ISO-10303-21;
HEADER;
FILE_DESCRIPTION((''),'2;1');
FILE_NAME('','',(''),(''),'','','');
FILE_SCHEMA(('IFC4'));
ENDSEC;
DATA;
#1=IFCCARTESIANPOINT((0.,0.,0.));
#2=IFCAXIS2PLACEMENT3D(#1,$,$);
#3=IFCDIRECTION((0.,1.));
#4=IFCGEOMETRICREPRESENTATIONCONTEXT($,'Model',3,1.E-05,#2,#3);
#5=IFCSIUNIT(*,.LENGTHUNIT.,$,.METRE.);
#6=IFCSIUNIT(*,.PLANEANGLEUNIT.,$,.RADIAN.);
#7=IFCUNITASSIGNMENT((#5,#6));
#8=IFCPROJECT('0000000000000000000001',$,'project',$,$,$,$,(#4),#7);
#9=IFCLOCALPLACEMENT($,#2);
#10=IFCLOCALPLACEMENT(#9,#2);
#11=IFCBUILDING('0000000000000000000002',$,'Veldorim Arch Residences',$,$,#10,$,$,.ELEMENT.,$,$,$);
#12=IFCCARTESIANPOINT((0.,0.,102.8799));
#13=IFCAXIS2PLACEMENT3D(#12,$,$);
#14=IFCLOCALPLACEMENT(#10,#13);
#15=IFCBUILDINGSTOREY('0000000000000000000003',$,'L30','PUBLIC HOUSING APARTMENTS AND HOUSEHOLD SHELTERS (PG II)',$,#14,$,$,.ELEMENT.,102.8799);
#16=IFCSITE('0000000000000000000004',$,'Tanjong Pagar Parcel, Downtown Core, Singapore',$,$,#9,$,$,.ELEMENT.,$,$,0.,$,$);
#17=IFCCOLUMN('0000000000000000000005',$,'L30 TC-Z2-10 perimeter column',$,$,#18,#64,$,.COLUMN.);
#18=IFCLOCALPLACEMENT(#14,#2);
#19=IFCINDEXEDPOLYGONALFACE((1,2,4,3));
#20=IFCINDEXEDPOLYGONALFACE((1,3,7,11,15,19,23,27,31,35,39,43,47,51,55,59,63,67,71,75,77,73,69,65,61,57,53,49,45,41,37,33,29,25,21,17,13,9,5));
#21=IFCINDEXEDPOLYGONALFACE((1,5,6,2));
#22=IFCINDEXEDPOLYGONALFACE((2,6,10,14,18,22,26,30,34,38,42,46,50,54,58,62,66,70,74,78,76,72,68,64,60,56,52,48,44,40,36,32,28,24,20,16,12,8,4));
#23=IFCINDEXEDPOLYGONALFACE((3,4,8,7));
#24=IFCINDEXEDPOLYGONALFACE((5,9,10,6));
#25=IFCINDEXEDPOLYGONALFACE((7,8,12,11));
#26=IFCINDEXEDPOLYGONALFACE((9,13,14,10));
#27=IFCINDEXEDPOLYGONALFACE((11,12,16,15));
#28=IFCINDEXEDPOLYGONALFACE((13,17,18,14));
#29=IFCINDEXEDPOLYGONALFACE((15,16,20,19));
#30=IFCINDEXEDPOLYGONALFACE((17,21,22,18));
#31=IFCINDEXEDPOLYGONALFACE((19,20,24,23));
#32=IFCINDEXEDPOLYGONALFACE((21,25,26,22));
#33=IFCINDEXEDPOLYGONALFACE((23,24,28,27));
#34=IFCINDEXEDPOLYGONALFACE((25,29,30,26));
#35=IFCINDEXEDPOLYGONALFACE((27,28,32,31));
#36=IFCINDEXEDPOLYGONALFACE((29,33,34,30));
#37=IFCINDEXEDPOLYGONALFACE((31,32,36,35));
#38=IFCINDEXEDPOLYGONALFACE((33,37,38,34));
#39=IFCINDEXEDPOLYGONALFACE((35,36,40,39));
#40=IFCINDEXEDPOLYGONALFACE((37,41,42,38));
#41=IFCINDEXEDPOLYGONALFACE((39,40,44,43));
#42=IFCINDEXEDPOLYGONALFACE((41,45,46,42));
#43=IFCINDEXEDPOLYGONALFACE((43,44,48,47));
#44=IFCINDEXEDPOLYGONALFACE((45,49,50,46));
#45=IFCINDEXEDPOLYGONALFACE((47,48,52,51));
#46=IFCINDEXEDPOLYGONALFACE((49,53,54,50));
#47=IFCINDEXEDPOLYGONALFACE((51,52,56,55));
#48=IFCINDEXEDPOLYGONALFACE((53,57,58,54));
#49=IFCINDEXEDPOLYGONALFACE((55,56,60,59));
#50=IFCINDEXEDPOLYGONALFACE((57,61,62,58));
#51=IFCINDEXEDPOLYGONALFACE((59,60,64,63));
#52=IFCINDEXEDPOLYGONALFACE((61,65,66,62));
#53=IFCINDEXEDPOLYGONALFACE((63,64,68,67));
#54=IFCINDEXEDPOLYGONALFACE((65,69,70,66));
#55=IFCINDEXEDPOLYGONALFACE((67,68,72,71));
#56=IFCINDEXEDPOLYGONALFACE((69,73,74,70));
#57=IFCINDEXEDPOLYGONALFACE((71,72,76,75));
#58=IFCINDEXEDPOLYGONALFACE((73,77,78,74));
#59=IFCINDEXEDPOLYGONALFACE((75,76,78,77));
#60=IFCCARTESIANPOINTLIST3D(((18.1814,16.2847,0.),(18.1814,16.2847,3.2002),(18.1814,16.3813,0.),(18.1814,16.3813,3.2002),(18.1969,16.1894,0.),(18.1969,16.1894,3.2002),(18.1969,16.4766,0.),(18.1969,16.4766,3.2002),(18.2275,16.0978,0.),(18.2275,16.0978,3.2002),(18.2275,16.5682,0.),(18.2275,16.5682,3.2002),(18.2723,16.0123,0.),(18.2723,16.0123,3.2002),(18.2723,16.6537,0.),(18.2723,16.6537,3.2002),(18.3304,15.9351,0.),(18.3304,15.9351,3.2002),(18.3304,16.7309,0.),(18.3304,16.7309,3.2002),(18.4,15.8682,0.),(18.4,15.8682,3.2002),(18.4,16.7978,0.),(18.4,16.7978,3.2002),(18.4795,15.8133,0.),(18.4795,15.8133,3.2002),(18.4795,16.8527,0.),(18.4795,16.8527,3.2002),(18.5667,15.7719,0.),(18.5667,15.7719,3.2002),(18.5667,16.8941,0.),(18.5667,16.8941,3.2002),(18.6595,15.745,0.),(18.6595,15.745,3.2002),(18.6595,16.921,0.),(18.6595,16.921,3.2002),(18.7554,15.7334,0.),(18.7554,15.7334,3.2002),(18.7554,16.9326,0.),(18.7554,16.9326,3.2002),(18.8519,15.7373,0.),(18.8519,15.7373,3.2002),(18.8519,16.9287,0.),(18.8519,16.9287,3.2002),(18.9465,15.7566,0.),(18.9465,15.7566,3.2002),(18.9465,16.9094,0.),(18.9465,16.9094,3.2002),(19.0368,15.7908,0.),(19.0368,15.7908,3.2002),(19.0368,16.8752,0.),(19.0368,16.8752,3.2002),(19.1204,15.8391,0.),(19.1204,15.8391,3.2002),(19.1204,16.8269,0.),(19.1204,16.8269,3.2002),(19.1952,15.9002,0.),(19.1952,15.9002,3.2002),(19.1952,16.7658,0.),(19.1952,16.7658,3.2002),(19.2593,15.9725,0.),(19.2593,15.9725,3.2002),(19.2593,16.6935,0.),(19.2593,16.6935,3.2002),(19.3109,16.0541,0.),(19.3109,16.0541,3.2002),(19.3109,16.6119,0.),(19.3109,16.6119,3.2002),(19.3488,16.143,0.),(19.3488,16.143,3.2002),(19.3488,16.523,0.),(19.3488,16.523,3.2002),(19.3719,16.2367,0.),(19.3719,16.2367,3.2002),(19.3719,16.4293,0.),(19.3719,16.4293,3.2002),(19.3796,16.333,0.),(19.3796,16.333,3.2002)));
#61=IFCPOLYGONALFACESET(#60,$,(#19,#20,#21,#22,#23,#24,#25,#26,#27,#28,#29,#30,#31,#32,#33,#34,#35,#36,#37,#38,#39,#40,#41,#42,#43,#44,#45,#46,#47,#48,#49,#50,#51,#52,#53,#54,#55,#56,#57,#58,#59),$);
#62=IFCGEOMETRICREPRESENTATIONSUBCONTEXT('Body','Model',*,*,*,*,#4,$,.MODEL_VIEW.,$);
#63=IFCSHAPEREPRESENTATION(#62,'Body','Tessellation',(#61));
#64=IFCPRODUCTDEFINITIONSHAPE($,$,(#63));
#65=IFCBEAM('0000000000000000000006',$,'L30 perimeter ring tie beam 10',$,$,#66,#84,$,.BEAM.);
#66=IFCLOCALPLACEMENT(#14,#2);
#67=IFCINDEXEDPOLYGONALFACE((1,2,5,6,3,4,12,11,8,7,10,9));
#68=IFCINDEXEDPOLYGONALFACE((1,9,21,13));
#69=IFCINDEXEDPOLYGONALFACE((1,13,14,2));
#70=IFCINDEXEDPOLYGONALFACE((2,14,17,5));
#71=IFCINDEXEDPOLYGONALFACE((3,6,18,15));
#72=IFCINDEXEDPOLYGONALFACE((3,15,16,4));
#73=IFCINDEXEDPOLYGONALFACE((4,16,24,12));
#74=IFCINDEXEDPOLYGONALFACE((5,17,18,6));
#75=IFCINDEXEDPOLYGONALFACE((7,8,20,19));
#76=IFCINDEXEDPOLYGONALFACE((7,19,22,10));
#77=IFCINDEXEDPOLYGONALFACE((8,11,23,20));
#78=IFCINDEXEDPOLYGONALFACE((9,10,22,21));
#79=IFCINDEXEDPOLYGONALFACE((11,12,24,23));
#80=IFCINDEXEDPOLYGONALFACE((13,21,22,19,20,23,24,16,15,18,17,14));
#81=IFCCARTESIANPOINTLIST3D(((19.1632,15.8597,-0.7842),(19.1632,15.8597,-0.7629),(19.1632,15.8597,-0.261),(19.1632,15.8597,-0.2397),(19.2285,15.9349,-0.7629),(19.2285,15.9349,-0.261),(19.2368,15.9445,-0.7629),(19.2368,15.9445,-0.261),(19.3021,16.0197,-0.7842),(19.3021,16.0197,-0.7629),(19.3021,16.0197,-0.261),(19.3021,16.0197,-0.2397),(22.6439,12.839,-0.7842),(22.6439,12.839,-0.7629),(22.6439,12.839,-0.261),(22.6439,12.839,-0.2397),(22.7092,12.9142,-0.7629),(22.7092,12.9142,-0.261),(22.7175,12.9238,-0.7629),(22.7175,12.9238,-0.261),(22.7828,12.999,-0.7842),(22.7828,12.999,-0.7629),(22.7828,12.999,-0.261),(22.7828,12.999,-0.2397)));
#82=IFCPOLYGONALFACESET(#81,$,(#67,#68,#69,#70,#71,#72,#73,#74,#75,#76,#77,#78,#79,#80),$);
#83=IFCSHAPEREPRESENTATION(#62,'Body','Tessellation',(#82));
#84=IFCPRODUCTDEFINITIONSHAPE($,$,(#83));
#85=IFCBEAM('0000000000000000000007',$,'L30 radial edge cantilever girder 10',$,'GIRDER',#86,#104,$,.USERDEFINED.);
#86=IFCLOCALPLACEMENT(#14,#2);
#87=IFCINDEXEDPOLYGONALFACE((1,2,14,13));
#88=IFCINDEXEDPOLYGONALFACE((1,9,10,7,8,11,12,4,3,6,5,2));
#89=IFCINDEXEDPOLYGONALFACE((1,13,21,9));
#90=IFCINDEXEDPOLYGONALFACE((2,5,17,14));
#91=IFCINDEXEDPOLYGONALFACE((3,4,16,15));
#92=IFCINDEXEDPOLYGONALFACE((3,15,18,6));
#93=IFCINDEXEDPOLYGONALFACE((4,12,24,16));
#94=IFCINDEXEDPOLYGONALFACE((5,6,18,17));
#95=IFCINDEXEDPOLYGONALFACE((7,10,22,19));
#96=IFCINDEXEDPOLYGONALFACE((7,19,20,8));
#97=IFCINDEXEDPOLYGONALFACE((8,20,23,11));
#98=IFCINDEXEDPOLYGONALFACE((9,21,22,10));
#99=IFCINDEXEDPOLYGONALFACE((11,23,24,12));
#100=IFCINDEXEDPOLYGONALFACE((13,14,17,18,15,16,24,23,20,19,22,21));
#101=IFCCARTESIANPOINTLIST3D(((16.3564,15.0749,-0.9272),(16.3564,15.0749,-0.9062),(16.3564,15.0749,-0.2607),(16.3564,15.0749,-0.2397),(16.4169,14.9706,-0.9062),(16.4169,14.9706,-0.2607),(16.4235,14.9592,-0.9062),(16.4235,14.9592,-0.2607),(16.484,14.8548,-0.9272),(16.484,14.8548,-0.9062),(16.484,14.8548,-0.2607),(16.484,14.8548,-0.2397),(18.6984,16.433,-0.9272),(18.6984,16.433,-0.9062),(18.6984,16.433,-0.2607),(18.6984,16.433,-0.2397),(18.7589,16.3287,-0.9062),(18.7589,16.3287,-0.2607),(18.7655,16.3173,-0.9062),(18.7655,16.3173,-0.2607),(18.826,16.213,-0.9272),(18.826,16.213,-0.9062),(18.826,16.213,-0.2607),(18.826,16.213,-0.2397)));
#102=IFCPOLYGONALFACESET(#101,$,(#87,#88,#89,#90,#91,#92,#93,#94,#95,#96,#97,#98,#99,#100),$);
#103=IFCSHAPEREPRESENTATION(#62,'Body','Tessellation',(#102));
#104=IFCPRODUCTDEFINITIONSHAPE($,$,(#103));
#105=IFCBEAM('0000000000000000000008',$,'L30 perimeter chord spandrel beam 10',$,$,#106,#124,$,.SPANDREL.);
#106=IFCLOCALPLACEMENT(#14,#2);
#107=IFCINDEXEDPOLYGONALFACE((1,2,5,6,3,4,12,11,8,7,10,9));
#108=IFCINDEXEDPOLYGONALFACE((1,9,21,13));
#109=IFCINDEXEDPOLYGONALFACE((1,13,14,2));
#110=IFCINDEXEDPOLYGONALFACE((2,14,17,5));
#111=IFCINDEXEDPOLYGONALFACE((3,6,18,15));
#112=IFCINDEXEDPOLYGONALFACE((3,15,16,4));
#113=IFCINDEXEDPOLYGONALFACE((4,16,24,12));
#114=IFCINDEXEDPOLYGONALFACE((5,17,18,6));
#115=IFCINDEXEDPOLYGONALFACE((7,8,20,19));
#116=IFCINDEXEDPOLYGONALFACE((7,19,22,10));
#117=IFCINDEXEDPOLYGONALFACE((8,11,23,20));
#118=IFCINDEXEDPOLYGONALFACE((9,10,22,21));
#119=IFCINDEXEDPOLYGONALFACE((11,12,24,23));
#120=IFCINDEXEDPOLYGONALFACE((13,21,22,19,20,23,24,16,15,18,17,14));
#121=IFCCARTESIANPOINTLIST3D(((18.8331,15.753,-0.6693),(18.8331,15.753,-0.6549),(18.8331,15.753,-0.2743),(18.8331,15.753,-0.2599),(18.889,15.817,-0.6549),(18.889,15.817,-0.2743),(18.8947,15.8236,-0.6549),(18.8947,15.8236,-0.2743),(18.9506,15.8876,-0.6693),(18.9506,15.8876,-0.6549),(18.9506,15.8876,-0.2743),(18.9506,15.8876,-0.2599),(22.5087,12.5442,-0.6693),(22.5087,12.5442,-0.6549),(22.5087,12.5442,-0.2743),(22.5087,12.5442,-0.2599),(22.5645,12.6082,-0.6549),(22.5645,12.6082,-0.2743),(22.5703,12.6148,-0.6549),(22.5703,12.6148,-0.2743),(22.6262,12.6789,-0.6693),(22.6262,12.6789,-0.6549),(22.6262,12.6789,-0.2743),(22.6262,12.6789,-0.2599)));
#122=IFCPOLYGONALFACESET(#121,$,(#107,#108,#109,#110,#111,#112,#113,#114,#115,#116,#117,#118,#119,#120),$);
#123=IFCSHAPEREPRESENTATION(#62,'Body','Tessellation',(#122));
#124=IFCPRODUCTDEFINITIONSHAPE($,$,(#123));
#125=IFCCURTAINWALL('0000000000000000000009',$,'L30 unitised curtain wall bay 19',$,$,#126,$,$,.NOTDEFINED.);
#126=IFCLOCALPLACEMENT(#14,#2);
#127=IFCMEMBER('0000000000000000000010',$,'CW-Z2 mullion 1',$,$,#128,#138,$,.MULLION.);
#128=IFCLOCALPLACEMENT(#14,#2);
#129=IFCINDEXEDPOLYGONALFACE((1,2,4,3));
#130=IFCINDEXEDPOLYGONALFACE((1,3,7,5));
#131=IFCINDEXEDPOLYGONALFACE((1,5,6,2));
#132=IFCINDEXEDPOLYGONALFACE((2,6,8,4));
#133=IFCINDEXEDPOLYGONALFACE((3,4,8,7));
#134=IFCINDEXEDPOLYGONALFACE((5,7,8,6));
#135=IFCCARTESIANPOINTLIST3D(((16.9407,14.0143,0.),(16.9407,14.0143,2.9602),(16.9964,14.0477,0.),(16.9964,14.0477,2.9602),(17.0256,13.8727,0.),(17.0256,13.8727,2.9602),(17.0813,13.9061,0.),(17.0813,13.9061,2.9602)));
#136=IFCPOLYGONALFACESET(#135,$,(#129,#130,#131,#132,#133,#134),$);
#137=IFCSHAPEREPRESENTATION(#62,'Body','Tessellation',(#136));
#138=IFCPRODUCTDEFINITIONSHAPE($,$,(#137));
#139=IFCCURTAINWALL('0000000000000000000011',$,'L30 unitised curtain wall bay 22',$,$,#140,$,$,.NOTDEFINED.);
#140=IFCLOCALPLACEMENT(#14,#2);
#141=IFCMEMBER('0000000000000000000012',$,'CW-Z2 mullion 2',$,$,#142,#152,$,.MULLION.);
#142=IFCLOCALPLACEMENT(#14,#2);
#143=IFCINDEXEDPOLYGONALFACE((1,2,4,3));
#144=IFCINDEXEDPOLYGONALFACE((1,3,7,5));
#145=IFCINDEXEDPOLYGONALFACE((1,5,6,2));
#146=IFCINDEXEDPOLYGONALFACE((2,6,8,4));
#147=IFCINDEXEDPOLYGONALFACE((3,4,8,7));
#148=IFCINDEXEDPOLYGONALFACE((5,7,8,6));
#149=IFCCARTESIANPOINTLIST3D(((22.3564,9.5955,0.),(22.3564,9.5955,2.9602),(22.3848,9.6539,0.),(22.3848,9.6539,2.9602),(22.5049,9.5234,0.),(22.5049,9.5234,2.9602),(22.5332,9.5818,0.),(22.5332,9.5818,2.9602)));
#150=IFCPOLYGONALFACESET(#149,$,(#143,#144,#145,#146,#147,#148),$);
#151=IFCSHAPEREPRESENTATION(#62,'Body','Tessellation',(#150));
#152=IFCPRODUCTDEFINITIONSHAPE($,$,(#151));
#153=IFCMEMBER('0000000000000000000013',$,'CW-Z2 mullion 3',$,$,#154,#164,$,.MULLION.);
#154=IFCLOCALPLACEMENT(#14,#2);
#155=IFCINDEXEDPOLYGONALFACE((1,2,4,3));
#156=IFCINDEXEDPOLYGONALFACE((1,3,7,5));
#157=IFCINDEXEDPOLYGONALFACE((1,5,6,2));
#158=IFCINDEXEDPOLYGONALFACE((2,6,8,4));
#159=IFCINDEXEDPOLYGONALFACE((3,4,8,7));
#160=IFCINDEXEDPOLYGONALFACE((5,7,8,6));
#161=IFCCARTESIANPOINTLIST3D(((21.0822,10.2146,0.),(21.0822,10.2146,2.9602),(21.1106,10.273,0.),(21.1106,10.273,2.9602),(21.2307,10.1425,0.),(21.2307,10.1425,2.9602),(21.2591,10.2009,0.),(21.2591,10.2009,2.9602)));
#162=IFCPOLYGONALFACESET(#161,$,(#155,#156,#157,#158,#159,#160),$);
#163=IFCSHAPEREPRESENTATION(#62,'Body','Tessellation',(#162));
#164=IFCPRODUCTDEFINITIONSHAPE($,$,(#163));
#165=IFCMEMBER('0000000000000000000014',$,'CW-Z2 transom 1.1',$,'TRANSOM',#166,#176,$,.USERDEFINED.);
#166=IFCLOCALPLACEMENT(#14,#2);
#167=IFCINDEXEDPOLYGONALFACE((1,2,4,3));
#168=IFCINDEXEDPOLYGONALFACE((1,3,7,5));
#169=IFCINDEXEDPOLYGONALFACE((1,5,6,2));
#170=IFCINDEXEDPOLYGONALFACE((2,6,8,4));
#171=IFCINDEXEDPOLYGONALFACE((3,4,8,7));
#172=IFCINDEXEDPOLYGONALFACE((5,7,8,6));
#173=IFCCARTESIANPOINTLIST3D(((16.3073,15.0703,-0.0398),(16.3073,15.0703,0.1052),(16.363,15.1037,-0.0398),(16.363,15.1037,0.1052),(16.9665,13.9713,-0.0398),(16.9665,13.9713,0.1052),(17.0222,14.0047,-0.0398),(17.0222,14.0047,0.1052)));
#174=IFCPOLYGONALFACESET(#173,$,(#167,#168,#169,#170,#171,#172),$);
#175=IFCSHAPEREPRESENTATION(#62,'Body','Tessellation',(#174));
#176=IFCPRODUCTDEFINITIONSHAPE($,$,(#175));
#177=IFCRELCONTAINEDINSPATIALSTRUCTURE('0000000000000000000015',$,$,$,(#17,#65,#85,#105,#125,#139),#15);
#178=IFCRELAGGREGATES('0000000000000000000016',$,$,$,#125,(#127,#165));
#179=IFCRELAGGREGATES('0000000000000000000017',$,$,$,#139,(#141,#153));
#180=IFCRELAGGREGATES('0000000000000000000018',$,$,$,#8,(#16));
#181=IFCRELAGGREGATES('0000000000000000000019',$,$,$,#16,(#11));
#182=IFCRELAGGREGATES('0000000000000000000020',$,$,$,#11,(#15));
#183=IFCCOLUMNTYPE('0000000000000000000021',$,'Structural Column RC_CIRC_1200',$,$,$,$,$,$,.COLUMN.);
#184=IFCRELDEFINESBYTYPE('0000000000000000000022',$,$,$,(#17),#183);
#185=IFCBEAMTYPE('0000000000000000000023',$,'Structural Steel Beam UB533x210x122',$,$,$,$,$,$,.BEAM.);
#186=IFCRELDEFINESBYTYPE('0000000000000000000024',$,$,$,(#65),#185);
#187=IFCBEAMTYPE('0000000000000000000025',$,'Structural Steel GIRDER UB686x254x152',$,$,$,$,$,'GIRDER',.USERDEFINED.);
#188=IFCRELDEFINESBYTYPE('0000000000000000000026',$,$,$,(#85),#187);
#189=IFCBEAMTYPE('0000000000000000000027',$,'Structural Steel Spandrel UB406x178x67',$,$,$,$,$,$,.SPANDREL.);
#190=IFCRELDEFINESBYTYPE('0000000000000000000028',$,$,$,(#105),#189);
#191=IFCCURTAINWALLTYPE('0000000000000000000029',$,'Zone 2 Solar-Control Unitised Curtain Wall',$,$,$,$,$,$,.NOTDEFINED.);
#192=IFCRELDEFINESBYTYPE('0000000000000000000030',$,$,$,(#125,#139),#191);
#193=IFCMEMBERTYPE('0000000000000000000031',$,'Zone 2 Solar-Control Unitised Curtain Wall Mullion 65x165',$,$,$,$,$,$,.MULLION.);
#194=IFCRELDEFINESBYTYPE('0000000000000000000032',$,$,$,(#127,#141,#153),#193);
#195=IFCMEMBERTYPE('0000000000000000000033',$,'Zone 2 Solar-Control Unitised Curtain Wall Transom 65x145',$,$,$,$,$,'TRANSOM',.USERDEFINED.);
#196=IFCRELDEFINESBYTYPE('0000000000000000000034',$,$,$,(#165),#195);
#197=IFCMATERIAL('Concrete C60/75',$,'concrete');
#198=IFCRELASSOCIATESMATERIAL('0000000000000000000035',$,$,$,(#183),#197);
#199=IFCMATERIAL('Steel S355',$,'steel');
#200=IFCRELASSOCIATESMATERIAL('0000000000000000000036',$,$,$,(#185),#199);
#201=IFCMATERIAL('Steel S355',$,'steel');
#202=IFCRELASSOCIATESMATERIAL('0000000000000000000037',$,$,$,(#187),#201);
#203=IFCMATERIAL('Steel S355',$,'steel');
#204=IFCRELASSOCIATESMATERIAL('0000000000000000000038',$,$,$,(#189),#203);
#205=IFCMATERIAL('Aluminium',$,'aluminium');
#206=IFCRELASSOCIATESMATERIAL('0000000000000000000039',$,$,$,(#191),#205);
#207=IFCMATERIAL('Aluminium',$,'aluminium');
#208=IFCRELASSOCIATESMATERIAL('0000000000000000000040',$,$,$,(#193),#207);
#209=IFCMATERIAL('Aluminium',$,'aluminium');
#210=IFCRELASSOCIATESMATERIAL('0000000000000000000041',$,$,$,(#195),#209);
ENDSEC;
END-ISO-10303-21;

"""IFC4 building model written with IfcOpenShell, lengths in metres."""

from ifc_helpers import new_model, si_unit, direction, frame, origin, origin_2d, place, context, subcontext, project, spatial, rectangle, circle, i_section, extrude, material, material_profile, profile_set, type_object, element, aggregate, save


model = new_model("IFC4")

# Units and contexts
model_context = context("Model", 3, precision=1e-05, world=origin(), true_north=direction((0.0, 1.0)))
body_context = subcontext(model_context, "Body", "Model", "MODEL_VIEW")
ifc_project = project(units=[si_unit("LENGTHUNIT", "METRE"), si_unit("PLANEANGLEUNIT", "RADIAN")], contexts=[model_context])

# Site, building, storey
site_placement = place(None, origin())
site = spatial("IfcSite", under=ifc_project, at=site_placement, Name="Tanjong Pagar Parcel, Downtown Core, Singapore", CompositionType="ELEMENT", RefElevation=0.0)
building_placement = place(site_placement, origin())
building = spatial("IfcBuilding", under=site, at=building_placement, Name="Veldorim Arch Residences", CompositionType="ELEMENT")
storey_placement = place(building_placement, frame((0.0, 0.0, 102.8799)))
storey = spatial("IfcBuildingStorey", under=building, at=storey_placement, Name="L30", Description="PUBLIC HOUSING APARTMENTS AND HOUSEHOLD SHELTERS (PG II)", CompositionType="ELEMENT", Elevation=102.8799)

# Column
ifc_material_1 = material(Name="Concrete C60/75", Category="concrete")
ifc_material_profile_1 = material_profile(ifc_material_1, circle(Radius=0.6001, at=origin_2d()), Name="RC_CIRC_1200")
ifc_profile_set_1 = profile_set([ifc_material_profile_1], Name="Concrete C60/75")
column_type = type_object("IfcColumnType", Name="Structural Column RC_CIRC_1200", PredefinedType="COLUMN", material=ifc_profile_set_1)
column_placement = place(storey_placement, frame((18.7795, 16.333, 0.0), z_axis=(0.0, 0.0, 1.0), x_axis=(1.0, 0.0, 0.0)))
element("IfcColumn", 1, at=column_placement, inside=storey, type_object=column_type, Name="L30 TC-Z2-10 perimeter column", PredefinedType="COLUMN", context=body_context, shape_type="SweptSolid", body=[
    extrude(circle(Radius=0.6001, at=origin_2d()), origin(), (0.0, 0.0, 1.0), 3.2002),
])

# Beams
ifc_material_2 = material(Name="Steel S355", Category="steel")
ifc_material_profile_2 = material_profile(ifc_material_2, i_section(OverallWidth=0.2119, OverallDepth=0.5444, WebThickness=0.0127, FlangeThickness=0.0212, at=origin_2d()), Name="UB533x210x122")
ifc_profile_set_2 = profile_set([ifc_material_profile_2], Name="Steel S355")
beam_type_1 = type_object("IfcBeamType", Name="Structural Steel Beam UB533x210x122", PredefinedType="BEAM", material=ifc_profile_set_2)
beam_1_placement = place(storey_placement, frame((19.2327, 15.9397, -0.512), z_axis=(0.755245, -0.655443, 0.0), x_axis=(0.655443, 0.755245, 0.0)))
element("IfcBeam", 2, at=beam_1_placement, inside=storey, type_object=beam_type_1, Name="L30 perimeter ring tie beam 10", PredefinedType="BEAM", context=body_context, shape_type="SweptSolid", body=[
    extrude(i_section(OverallWidth=0.2119, OverallDepth=0.5444, WebThickness=0.0127, FlangeThickness=0.0212, at=origin_2d()), origin(), (0.0, 0.0, 1.0), 4.6086),
])
ifc_material_3 = material(Name="Steel S355", Category="steel")
ifc_material_profile_3 = material_profile(ifc_material_3, i_section(OverallWidth=0.2544, OverallDepth=0.6875, WebThickness=0.0132, FlangeThickness=0.021, at=origin_2d()), Name="UB686x254x152")
ifc_profile_set_3 = profile_set([ifc_material_profile_3], Name="Steel S355")
beam_type_2 = type_object("IfcBeamType", Name="Structural Steel GIRDER UB686x254x152", ElementType="GIRDER", PredefinedType="USERDEFINED", material=ifc_profile_set_3)
beam_2_placement = place(storey_placement, frame((18.7622, 16.323, -0.5835), z_axis=(-0.865068, -0.501655, 0.0), x_axis=(0.501655, -0.865068, 0.0)))
element("IfcBeam", 3, at=beam_2_placement, inside=storey, type_object=beam_type_2, Name="L30 radial edge cantilever girder 10", ObjectType="GIRDER", PredefinedType="USERDEFINED", context=body_context, shape_type="SweptSolid", body=[
    extrude(i_section(OverallWidth=0.2544, OverallDepth=0.6875, WebThickness=0.0132, FlangeThickness=0.021, at=origin_2d()), origin(), (0.0, 0.0, 1.0), 2.7073),
])
ifc_material_4 = material(Name="Steel S355", Category="steel")
ifc_material_profile_4 = material_profile(ifc_material_4, i_section(OverallWidth=0.1787, OverallDepth=0.4094, WebThickness=0.0088, FlangeThickness=0.0144, at=origin_2d()), Name="UB406x178x67")
ifc_profile_set_4 = profile_set([ifc_material_profile_4], Name="Steel S355")
beam_type_3 = type_object("IfcBeamType", Name="Structural Steel Spandrel UB406x178x67", PredefinedType="SPANDREL", material=ifc_profile_set_4)
beam_3_placement = place(storey_placement, frame((18.8918, 15.8203, -0.4646), z_axis=(0.753323, -0.65765, 0.0), x_axis=(0.65765, 0.753323, 0.0)))
element("IfcBeam", 4, at=beam_3_placement, inside=storey, type_object=beam_type_3, Name="L30 perimeter chord spandrel beam 10", PredefinedType="SPANDREL", context=body_context, shape_type="SweptSolid", body=[
    extrude(i_section(OverallWidth=0.1787, OverallDepth=0.4094, WebThickness=0.0088, FlangeThickness=0.0144, at=origin_2d()), origin(), (0.0, 0.0, 1.0), 4.8792),
])

# Curtain wall, member
ifc_material_5 = material(Name="Aluminium", Category="aluminium")
curtain_wall_type = type_object("IfcCurtainWallType", Name="Zone 2 Solar-Control Unitised Curtain Wall", PredefinedType="NOTDEFINED", material=ifc_material_5)
curtain_wall_1_placement = place(storey_placement, origin())
curtain_wall_1 = element("IfcCurtainWall", 5, at=curtain_wall_1_placement, inside=storey, type_object=curtain_wall_type, Name="L30 unitised curtain wall bay 19", PredefinedType="NOTDEFINED")
ifc_material_6 = material(Name="Aluminium", Category="aluminium")
ifc_material_profile_5 = material_profile(ifc_material_6, rectangle(XDim=0.0649, YDim=0.165, at=origin_2d()), Name="ALU_MUL_65x165")
ifc_profile_set_5 = profile_set([ifc_material_profile_5], Name="Aluminium")
member_type_1 = type_object("IfcMemberType", Name="Zone 2 Solar-Control Unitised Curtain Wall Mullion 65x165", PredefinedType="MULLION", material=ifc_profile_set_5)
member_1_placement = place(storey_placement, frame((17.011, 13.9602, 0.0), z_axis=(0.0, 0.0, 1.0), x_axis=(-0.85757, -0.514368, 0.0)))
member_1 = element("IfcMember", 6, at=member_1_placement, type_object=member_type_1, Name="CW-Z2 mullion 1", PredefinedType="MULLION", context=body_context, shape_type="SweptSolid", body=[
    extrude(rectangle(XDim=0.0649, YDim=0.165, at=origin_2d()), origin(), (0.0, 0.0, 1.0), 2.9602),
])

# Curtain wall, members
curtain_wall_2_placement = place(storey_placement, origin())
curtain_wall_2 = element("IfcCurtainWall", 7, at=curtain_wall_2_placement, inside=storey, type_object=curtain_wall_type, Name="L30 unitised curtain wall bay 22", PredefinedType="NOTDEFINED")
member_2_placement = place(storey_placement, frame((22.4448, 9.5886, 0.0), z_axis=(0.0, 0.0, 1.0), x_axis=(-0.437, -0.899462, 0.0)))
member_2 = element("IfcMember", 8, at=member_2_placement, type_object=member_type_1, Name="CW-Z2 mullion 2", PredefinedType="MULLION", context=body_context, shape_type="SweptSolid", body=[
    extrude(rectangle(XDim=0.0649, YDim=0.165, at=origin_2d()), origin(), (0.0, 0.0, 1.0), 2.9602),
])
member_3_placement = place(storey_placement, frame((21.1707, 10.2078, 0.0), z_axis=(0.0, 0.0, 1.0), x_axis=(-0.437, -0.899462, 0.0)))
member_3 = element("IfcMember", 9, at=member_3_placement, type_object=member_type_1, Name="CW-Z2 mullion 3", PredefinedType="MULLION", context=body_context, shape_type="SweptSolid", body=[
    extrude(rectangle(XDim=0.0649, YDim=0.165, at=origin_2d()), origin(), (0.0, 0.0, 1.0), 2.9602),
])

# Member
ifc_material_7 = material(Name="Aluminium", Category="aluminium")
ifc_material_profile_6 = material_profile(ifc_material_7, rectangle(XDim=0.0649, YDim=0.145, at=origin_2d()), Name="ALU_TRN_65x145")
ifc_profile_set_6 = profile_set([ifc_material_profile_6], Name="Aluminium")
member_type_2 = type_object("IfcMemberType", Name="Zone 2 Solar-Control Unitised Curtain Wall Transom 65x145", ElementType="TRANSOM", PredefinedType="USERDEFINED", material=ifc_profile_set_6)
member_4_placement = place(storey_placement, frame((16.9944, 13.988, 0.0327), z_axis=(-0.514412, 0.857543, 0.0), x_axis=(-0.857543, -0.514412, 0.0)))
member_4 = element("IfcMember", 10, at=member_4_placement, type_object=member_type_2, Name="CW-Z2 transom 1.1", ObjectType="TRANSOM", PredefinedType="USERDEFINED", context=body_context, shape_type="SweptSolid", body=[
    extrude(rectangle(XDim=0.0649, YDim=0.145, at=origin_2d()), origin(), (0.0, 0.0, 1.0), 1.2815),
])
aggregate(curtain_wall_1, [member_1, member_4])

aggregate(curtain_wall_2, [member_2, member_3])

save(model, "model.ifc")
